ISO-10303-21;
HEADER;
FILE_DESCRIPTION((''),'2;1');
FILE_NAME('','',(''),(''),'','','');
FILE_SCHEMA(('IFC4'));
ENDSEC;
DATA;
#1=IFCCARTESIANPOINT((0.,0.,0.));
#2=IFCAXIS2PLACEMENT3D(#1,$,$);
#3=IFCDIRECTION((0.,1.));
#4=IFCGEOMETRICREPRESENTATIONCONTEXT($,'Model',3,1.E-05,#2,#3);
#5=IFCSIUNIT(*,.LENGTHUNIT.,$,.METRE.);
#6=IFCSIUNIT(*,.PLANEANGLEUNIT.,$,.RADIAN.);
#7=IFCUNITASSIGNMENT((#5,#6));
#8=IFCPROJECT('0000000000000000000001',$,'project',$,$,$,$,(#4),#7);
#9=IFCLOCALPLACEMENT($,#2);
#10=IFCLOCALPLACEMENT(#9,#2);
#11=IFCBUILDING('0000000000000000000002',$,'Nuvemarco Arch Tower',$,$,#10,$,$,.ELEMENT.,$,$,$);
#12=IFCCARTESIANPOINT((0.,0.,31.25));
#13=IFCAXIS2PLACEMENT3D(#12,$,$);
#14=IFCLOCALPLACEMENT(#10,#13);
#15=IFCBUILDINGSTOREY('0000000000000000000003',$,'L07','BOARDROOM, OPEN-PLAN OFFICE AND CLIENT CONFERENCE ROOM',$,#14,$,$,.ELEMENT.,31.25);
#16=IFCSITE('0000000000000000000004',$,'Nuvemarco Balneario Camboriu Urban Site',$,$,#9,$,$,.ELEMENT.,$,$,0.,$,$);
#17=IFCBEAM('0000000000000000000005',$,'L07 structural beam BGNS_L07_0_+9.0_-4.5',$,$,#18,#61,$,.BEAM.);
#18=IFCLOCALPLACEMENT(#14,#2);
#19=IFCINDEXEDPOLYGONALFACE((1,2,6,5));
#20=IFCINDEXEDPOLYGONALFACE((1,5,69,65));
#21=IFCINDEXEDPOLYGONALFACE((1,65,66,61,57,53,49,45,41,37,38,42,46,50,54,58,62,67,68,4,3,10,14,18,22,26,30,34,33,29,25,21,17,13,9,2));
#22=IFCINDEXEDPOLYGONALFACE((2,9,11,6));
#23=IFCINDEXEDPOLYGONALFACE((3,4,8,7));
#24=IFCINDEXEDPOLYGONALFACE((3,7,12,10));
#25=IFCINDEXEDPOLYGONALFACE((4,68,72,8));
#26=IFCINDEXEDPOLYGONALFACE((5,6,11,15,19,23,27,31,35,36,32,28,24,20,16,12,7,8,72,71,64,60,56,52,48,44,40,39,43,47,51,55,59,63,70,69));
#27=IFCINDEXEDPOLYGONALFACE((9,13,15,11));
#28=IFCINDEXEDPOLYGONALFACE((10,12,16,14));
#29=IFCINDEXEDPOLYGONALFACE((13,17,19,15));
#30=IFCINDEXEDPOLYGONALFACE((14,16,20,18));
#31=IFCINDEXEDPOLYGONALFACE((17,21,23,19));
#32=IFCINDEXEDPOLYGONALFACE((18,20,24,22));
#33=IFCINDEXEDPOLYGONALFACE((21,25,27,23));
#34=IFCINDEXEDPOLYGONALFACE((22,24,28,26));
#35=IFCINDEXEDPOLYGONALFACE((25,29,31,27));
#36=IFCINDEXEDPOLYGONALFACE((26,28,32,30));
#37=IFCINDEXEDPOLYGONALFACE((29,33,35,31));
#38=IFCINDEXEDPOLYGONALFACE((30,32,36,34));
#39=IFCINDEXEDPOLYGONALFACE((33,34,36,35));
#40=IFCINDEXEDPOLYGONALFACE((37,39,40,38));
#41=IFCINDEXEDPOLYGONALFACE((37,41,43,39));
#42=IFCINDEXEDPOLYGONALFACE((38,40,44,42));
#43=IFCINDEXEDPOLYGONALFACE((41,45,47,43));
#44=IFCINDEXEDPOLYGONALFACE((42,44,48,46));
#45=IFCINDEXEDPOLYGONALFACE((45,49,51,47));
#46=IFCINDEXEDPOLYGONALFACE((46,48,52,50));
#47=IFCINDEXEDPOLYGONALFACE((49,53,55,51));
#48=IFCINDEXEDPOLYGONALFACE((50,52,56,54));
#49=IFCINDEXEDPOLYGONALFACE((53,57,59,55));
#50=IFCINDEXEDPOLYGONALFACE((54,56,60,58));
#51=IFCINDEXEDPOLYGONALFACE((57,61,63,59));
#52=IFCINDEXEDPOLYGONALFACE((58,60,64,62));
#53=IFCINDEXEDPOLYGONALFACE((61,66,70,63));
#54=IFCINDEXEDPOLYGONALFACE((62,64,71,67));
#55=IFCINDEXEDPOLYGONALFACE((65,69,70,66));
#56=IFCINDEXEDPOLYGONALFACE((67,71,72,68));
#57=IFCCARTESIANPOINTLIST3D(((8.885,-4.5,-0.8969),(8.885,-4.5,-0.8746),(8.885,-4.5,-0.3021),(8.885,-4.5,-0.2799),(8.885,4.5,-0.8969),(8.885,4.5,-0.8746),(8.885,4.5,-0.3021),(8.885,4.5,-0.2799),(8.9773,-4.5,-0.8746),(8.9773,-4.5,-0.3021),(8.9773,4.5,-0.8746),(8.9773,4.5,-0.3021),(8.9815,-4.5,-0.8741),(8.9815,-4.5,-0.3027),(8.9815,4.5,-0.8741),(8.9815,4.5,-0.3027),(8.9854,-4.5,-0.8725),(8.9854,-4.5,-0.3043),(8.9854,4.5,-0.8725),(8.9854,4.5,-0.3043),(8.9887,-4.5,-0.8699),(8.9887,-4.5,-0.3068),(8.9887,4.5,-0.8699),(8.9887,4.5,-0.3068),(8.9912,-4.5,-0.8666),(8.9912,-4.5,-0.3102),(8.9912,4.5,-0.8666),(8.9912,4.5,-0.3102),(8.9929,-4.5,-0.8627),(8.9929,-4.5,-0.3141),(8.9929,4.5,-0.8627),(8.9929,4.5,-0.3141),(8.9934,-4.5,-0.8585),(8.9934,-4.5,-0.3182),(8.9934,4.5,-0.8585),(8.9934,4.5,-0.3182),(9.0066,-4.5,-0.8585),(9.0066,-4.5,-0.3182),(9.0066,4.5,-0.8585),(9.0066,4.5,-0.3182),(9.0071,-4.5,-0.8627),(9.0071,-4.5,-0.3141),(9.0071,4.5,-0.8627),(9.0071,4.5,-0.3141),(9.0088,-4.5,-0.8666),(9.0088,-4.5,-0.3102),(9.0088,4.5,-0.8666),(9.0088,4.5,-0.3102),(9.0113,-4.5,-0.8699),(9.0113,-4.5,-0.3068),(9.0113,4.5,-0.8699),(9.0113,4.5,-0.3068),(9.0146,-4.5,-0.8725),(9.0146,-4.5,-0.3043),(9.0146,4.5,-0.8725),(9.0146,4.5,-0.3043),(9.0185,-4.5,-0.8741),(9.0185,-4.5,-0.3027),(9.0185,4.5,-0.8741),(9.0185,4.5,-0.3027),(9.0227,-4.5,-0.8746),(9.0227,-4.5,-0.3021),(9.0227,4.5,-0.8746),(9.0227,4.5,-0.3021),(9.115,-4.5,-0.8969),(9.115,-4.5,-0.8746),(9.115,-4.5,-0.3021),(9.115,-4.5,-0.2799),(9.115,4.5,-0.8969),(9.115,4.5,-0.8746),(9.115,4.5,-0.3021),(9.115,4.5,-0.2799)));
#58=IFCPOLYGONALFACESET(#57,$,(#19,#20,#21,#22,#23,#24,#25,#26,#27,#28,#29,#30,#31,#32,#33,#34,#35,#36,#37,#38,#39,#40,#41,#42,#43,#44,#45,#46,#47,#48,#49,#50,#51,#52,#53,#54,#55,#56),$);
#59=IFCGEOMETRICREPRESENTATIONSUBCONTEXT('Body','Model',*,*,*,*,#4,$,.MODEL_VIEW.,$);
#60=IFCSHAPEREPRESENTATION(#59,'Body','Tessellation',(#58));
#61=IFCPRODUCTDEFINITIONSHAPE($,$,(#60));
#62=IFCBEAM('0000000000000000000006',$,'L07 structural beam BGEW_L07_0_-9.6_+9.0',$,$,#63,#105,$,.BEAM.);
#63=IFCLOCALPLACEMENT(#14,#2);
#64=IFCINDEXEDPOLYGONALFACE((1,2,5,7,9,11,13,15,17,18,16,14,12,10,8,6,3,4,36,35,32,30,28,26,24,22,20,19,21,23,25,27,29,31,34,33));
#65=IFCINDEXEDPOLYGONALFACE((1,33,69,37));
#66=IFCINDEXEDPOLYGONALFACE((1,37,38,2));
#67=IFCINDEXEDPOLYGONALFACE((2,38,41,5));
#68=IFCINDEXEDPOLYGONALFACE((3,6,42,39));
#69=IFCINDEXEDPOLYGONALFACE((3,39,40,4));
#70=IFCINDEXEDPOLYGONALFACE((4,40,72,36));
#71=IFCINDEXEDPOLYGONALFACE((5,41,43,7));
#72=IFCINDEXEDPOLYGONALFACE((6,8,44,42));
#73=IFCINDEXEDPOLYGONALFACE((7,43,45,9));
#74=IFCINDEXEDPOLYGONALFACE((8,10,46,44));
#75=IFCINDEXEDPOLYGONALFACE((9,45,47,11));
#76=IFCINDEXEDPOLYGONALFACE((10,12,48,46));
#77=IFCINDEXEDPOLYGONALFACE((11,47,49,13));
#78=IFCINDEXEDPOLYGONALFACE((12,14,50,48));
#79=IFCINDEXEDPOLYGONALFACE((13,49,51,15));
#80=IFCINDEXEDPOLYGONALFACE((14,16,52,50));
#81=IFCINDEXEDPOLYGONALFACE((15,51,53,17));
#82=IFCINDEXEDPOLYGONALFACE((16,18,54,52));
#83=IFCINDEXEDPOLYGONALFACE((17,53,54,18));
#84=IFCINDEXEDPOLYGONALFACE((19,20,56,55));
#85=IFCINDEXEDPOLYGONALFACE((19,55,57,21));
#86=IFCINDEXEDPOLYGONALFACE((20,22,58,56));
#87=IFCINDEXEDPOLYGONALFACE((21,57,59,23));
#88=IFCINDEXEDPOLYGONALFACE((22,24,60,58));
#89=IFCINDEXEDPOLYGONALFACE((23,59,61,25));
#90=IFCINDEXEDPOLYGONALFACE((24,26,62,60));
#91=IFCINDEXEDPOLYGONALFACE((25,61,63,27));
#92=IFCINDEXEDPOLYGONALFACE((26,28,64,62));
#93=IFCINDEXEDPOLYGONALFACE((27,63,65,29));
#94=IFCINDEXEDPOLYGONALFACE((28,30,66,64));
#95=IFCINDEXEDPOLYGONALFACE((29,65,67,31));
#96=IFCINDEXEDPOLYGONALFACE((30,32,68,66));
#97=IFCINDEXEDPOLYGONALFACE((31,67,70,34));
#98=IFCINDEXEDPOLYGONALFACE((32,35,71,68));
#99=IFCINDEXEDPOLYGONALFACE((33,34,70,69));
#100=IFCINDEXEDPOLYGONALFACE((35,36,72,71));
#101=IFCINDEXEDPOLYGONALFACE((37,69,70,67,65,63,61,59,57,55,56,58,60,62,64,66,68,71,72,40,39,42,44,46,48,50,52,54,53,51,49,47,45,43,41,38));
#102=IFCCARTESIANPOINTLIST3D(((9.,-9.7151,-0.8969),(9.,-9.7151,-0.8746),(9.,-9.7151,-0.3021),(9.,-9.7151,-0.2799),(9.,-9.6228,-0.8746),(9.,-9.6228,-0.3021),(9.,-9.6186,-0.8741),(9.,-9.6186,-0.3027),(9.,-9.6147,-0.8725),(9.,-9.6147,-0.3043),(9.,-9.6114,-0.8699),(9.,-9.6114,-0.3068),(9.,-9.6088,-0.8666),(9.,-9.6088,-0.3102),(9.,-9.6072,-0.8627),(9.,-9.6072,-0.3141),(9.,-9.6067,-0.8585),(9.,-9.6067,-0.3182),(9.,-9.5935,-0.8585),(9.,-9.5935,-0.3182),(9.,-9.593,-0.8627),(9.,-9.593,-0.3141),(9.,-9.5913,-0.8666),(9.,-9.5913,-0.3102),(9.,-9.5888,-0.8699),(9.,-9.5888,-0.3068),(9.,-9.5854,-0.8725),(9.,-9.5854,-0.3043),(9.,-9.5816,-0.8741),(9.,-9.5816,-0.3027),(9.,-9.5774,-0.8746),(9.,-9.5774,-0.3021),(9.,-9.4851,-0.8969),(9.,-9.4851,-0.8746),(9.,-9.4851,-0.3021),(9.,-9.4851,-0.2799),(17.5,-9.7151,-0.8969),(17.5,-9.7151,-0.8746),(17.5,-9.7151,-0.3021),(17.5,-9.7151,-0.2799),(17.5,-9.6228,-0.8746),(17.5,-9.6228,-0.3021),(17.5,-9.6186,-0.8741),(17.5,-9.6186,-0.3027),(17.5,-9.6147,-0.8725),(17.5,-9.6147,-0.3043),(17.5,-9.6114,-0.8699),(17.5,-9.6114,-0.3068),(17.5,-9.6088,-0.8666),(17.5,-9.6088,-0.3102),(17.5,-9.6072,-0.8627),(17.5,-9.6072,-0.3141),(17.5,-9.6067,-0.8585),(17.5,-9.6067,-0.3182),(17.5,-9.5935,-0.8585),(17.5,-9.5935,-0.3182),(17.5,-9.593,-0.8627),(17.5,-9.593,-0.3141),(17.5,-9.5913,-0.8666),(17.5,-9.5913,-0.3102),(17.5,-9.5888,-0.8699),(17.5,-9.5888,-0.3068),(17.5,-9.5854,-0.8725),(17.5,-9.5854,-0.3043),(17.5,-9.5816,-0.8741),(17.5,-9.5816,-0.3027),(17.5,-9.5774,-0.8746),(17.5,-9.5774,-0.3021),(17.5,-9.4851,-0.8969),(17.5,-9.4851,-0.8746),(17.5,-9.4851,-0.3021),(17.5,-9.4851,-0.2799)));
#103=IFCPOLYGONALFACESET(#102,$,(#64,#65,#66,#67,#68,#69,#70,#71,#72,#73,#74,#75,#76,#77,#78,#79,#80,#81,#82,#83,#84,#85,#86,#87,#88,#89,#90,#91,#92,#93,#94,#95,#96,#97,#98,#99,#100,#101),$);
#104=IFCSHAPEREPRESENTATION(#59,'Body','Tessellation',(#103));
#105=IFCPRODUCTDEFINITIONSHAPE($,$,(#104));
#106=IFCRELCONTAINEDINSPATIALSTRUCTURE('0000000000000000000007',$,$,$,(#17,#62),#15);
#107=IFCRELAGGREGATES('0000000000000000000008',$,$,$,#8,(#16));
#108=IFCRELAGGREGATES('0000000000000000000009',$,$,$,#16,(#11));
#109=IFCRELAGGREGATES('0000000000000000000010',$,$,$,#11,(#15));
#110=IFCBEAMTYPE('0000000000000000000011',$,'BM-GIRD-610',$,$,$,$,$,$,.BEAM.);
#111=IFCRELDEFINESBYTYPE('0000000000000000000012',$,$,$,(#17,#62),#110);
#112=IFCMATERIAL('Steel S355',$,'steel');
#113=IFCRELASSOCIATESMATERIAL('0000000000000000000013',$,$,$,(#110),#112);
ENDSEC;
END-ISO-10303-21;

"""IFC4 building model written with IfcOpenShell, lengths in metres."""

from ifc_helpers import new_model, si_unit, direction, frame, origin, origin_2d, place, context, subcontext, project, spatial, i_section, extrude, material, material_profile, profile_set, type_object, element, save


model = new_model("IFC4")

# Units and contexts
model_context = context("Model", 3, precision=1e-05, world=origin(), true_north=direction((0.0, 1.0)))
body_context = subcontext(model_context, "Body", "Model", "MODEL_VIEW")
ifc_project = project(units=[si_unit("LENGTHUNIT", "METRE"), si_unit("PLANEANGLEUNIT", "RADIAN")], contexts=[model_context])

# Site, building, storey
site_placement = place(None, origin())
site = spatial("IfcSite", under=ifc_project, at=site_placement, Name="Nuvemarco Balneario Camboriu Urban Site", CompositionType="ELEMENT", RefElevation=0.0)
building_placement = place(site_placement, origin())
building = spatial("IfcBuilding", under=site, at=building_placement, Name="Nuvemarco Arch Tower", CompositionType="ELEMENT")
storey_placement = place(building_placement, frame((0.0, 0.0, 31.25)))
storey = spatial("IfcBuildingStorey", under=building, at=storey_placement, Name="L07", Description="BOARDROOM, OPEN-PLAN OFFICE AND CLIENT CONFERENCE ROOM", CompositionType="ELEMENT", Elevation=31.25)

# Shared definitions
ifc_material_1 = material(Name="Steel S355", Category="steel")

# Beams
ifc_material_profile_1 = material_profile(ifc_material_1, i_section(OverallWidth=0.23, OverallDepth=0.6169, WebThickness=0.0132, FlangeThickness=0.0222, FilletRadius=0.0161, at=origin_2d()), Name="W610x140")
ifc_profile_set_1 = profile_set([ifc_material_profile_1], Name="Steel S355")
beam_type_1 = type_object("IfcBeamType", Name="BM-GIRD-610", PredefinedType="BEAM", material=ifc_profile_set_1)
beam_1_placement = place(storey_placement, frame((9.0, -4.5, -0.5884), z_axis=(0.0, 1.0, 0.0), x_axis=(-1.0, 0.0, 0.0)))
element("IfcBeam", 1, at=beam_1_placement, inside=storey, type_object=beam_type_1, Name="L07 structural beam BGNS_L07_0_+9.0_-4.5", PredefinedType="BEAM", context=body_context, shape_type="SweptSolid", body=[
    extrude(i_section(OverallWidth=0.23, OverallDepth=0.6169, WebThickness=0.0132, FlangeThickness=0.0222, FilletRadius=0.0161, at=origin_2d()), origin(), (0.0, 0.0, 1.0), 9.0),
])
beam_2_placement = place(storey_placement, frame((9.0, -9.6001, -0.5884), z_axis=(1.0, 0.0, 0.0), x_axis=(0.0, 1.0, 0.0)))
element("IfcBeam", 2, at=beam_2_placement, inside=storey, type_object=beam_type_1, Name="L07 structural beam BGEW_L07_0_-9.6_+9.0", PredefinedType="BEAM", context=body_context, shape_type="SweptSolid", body=[
    extrude(i_section(OverallWidth=0.23, OverallDepth=0.6169, WebThickness=0.0132, FlangeThickness=0.0222, FilletRadius=0.0161, at=origin_2d()), origin(), (0.0, 0.0, 1.0), 8.5),
])

save(model, "model.ifc")
